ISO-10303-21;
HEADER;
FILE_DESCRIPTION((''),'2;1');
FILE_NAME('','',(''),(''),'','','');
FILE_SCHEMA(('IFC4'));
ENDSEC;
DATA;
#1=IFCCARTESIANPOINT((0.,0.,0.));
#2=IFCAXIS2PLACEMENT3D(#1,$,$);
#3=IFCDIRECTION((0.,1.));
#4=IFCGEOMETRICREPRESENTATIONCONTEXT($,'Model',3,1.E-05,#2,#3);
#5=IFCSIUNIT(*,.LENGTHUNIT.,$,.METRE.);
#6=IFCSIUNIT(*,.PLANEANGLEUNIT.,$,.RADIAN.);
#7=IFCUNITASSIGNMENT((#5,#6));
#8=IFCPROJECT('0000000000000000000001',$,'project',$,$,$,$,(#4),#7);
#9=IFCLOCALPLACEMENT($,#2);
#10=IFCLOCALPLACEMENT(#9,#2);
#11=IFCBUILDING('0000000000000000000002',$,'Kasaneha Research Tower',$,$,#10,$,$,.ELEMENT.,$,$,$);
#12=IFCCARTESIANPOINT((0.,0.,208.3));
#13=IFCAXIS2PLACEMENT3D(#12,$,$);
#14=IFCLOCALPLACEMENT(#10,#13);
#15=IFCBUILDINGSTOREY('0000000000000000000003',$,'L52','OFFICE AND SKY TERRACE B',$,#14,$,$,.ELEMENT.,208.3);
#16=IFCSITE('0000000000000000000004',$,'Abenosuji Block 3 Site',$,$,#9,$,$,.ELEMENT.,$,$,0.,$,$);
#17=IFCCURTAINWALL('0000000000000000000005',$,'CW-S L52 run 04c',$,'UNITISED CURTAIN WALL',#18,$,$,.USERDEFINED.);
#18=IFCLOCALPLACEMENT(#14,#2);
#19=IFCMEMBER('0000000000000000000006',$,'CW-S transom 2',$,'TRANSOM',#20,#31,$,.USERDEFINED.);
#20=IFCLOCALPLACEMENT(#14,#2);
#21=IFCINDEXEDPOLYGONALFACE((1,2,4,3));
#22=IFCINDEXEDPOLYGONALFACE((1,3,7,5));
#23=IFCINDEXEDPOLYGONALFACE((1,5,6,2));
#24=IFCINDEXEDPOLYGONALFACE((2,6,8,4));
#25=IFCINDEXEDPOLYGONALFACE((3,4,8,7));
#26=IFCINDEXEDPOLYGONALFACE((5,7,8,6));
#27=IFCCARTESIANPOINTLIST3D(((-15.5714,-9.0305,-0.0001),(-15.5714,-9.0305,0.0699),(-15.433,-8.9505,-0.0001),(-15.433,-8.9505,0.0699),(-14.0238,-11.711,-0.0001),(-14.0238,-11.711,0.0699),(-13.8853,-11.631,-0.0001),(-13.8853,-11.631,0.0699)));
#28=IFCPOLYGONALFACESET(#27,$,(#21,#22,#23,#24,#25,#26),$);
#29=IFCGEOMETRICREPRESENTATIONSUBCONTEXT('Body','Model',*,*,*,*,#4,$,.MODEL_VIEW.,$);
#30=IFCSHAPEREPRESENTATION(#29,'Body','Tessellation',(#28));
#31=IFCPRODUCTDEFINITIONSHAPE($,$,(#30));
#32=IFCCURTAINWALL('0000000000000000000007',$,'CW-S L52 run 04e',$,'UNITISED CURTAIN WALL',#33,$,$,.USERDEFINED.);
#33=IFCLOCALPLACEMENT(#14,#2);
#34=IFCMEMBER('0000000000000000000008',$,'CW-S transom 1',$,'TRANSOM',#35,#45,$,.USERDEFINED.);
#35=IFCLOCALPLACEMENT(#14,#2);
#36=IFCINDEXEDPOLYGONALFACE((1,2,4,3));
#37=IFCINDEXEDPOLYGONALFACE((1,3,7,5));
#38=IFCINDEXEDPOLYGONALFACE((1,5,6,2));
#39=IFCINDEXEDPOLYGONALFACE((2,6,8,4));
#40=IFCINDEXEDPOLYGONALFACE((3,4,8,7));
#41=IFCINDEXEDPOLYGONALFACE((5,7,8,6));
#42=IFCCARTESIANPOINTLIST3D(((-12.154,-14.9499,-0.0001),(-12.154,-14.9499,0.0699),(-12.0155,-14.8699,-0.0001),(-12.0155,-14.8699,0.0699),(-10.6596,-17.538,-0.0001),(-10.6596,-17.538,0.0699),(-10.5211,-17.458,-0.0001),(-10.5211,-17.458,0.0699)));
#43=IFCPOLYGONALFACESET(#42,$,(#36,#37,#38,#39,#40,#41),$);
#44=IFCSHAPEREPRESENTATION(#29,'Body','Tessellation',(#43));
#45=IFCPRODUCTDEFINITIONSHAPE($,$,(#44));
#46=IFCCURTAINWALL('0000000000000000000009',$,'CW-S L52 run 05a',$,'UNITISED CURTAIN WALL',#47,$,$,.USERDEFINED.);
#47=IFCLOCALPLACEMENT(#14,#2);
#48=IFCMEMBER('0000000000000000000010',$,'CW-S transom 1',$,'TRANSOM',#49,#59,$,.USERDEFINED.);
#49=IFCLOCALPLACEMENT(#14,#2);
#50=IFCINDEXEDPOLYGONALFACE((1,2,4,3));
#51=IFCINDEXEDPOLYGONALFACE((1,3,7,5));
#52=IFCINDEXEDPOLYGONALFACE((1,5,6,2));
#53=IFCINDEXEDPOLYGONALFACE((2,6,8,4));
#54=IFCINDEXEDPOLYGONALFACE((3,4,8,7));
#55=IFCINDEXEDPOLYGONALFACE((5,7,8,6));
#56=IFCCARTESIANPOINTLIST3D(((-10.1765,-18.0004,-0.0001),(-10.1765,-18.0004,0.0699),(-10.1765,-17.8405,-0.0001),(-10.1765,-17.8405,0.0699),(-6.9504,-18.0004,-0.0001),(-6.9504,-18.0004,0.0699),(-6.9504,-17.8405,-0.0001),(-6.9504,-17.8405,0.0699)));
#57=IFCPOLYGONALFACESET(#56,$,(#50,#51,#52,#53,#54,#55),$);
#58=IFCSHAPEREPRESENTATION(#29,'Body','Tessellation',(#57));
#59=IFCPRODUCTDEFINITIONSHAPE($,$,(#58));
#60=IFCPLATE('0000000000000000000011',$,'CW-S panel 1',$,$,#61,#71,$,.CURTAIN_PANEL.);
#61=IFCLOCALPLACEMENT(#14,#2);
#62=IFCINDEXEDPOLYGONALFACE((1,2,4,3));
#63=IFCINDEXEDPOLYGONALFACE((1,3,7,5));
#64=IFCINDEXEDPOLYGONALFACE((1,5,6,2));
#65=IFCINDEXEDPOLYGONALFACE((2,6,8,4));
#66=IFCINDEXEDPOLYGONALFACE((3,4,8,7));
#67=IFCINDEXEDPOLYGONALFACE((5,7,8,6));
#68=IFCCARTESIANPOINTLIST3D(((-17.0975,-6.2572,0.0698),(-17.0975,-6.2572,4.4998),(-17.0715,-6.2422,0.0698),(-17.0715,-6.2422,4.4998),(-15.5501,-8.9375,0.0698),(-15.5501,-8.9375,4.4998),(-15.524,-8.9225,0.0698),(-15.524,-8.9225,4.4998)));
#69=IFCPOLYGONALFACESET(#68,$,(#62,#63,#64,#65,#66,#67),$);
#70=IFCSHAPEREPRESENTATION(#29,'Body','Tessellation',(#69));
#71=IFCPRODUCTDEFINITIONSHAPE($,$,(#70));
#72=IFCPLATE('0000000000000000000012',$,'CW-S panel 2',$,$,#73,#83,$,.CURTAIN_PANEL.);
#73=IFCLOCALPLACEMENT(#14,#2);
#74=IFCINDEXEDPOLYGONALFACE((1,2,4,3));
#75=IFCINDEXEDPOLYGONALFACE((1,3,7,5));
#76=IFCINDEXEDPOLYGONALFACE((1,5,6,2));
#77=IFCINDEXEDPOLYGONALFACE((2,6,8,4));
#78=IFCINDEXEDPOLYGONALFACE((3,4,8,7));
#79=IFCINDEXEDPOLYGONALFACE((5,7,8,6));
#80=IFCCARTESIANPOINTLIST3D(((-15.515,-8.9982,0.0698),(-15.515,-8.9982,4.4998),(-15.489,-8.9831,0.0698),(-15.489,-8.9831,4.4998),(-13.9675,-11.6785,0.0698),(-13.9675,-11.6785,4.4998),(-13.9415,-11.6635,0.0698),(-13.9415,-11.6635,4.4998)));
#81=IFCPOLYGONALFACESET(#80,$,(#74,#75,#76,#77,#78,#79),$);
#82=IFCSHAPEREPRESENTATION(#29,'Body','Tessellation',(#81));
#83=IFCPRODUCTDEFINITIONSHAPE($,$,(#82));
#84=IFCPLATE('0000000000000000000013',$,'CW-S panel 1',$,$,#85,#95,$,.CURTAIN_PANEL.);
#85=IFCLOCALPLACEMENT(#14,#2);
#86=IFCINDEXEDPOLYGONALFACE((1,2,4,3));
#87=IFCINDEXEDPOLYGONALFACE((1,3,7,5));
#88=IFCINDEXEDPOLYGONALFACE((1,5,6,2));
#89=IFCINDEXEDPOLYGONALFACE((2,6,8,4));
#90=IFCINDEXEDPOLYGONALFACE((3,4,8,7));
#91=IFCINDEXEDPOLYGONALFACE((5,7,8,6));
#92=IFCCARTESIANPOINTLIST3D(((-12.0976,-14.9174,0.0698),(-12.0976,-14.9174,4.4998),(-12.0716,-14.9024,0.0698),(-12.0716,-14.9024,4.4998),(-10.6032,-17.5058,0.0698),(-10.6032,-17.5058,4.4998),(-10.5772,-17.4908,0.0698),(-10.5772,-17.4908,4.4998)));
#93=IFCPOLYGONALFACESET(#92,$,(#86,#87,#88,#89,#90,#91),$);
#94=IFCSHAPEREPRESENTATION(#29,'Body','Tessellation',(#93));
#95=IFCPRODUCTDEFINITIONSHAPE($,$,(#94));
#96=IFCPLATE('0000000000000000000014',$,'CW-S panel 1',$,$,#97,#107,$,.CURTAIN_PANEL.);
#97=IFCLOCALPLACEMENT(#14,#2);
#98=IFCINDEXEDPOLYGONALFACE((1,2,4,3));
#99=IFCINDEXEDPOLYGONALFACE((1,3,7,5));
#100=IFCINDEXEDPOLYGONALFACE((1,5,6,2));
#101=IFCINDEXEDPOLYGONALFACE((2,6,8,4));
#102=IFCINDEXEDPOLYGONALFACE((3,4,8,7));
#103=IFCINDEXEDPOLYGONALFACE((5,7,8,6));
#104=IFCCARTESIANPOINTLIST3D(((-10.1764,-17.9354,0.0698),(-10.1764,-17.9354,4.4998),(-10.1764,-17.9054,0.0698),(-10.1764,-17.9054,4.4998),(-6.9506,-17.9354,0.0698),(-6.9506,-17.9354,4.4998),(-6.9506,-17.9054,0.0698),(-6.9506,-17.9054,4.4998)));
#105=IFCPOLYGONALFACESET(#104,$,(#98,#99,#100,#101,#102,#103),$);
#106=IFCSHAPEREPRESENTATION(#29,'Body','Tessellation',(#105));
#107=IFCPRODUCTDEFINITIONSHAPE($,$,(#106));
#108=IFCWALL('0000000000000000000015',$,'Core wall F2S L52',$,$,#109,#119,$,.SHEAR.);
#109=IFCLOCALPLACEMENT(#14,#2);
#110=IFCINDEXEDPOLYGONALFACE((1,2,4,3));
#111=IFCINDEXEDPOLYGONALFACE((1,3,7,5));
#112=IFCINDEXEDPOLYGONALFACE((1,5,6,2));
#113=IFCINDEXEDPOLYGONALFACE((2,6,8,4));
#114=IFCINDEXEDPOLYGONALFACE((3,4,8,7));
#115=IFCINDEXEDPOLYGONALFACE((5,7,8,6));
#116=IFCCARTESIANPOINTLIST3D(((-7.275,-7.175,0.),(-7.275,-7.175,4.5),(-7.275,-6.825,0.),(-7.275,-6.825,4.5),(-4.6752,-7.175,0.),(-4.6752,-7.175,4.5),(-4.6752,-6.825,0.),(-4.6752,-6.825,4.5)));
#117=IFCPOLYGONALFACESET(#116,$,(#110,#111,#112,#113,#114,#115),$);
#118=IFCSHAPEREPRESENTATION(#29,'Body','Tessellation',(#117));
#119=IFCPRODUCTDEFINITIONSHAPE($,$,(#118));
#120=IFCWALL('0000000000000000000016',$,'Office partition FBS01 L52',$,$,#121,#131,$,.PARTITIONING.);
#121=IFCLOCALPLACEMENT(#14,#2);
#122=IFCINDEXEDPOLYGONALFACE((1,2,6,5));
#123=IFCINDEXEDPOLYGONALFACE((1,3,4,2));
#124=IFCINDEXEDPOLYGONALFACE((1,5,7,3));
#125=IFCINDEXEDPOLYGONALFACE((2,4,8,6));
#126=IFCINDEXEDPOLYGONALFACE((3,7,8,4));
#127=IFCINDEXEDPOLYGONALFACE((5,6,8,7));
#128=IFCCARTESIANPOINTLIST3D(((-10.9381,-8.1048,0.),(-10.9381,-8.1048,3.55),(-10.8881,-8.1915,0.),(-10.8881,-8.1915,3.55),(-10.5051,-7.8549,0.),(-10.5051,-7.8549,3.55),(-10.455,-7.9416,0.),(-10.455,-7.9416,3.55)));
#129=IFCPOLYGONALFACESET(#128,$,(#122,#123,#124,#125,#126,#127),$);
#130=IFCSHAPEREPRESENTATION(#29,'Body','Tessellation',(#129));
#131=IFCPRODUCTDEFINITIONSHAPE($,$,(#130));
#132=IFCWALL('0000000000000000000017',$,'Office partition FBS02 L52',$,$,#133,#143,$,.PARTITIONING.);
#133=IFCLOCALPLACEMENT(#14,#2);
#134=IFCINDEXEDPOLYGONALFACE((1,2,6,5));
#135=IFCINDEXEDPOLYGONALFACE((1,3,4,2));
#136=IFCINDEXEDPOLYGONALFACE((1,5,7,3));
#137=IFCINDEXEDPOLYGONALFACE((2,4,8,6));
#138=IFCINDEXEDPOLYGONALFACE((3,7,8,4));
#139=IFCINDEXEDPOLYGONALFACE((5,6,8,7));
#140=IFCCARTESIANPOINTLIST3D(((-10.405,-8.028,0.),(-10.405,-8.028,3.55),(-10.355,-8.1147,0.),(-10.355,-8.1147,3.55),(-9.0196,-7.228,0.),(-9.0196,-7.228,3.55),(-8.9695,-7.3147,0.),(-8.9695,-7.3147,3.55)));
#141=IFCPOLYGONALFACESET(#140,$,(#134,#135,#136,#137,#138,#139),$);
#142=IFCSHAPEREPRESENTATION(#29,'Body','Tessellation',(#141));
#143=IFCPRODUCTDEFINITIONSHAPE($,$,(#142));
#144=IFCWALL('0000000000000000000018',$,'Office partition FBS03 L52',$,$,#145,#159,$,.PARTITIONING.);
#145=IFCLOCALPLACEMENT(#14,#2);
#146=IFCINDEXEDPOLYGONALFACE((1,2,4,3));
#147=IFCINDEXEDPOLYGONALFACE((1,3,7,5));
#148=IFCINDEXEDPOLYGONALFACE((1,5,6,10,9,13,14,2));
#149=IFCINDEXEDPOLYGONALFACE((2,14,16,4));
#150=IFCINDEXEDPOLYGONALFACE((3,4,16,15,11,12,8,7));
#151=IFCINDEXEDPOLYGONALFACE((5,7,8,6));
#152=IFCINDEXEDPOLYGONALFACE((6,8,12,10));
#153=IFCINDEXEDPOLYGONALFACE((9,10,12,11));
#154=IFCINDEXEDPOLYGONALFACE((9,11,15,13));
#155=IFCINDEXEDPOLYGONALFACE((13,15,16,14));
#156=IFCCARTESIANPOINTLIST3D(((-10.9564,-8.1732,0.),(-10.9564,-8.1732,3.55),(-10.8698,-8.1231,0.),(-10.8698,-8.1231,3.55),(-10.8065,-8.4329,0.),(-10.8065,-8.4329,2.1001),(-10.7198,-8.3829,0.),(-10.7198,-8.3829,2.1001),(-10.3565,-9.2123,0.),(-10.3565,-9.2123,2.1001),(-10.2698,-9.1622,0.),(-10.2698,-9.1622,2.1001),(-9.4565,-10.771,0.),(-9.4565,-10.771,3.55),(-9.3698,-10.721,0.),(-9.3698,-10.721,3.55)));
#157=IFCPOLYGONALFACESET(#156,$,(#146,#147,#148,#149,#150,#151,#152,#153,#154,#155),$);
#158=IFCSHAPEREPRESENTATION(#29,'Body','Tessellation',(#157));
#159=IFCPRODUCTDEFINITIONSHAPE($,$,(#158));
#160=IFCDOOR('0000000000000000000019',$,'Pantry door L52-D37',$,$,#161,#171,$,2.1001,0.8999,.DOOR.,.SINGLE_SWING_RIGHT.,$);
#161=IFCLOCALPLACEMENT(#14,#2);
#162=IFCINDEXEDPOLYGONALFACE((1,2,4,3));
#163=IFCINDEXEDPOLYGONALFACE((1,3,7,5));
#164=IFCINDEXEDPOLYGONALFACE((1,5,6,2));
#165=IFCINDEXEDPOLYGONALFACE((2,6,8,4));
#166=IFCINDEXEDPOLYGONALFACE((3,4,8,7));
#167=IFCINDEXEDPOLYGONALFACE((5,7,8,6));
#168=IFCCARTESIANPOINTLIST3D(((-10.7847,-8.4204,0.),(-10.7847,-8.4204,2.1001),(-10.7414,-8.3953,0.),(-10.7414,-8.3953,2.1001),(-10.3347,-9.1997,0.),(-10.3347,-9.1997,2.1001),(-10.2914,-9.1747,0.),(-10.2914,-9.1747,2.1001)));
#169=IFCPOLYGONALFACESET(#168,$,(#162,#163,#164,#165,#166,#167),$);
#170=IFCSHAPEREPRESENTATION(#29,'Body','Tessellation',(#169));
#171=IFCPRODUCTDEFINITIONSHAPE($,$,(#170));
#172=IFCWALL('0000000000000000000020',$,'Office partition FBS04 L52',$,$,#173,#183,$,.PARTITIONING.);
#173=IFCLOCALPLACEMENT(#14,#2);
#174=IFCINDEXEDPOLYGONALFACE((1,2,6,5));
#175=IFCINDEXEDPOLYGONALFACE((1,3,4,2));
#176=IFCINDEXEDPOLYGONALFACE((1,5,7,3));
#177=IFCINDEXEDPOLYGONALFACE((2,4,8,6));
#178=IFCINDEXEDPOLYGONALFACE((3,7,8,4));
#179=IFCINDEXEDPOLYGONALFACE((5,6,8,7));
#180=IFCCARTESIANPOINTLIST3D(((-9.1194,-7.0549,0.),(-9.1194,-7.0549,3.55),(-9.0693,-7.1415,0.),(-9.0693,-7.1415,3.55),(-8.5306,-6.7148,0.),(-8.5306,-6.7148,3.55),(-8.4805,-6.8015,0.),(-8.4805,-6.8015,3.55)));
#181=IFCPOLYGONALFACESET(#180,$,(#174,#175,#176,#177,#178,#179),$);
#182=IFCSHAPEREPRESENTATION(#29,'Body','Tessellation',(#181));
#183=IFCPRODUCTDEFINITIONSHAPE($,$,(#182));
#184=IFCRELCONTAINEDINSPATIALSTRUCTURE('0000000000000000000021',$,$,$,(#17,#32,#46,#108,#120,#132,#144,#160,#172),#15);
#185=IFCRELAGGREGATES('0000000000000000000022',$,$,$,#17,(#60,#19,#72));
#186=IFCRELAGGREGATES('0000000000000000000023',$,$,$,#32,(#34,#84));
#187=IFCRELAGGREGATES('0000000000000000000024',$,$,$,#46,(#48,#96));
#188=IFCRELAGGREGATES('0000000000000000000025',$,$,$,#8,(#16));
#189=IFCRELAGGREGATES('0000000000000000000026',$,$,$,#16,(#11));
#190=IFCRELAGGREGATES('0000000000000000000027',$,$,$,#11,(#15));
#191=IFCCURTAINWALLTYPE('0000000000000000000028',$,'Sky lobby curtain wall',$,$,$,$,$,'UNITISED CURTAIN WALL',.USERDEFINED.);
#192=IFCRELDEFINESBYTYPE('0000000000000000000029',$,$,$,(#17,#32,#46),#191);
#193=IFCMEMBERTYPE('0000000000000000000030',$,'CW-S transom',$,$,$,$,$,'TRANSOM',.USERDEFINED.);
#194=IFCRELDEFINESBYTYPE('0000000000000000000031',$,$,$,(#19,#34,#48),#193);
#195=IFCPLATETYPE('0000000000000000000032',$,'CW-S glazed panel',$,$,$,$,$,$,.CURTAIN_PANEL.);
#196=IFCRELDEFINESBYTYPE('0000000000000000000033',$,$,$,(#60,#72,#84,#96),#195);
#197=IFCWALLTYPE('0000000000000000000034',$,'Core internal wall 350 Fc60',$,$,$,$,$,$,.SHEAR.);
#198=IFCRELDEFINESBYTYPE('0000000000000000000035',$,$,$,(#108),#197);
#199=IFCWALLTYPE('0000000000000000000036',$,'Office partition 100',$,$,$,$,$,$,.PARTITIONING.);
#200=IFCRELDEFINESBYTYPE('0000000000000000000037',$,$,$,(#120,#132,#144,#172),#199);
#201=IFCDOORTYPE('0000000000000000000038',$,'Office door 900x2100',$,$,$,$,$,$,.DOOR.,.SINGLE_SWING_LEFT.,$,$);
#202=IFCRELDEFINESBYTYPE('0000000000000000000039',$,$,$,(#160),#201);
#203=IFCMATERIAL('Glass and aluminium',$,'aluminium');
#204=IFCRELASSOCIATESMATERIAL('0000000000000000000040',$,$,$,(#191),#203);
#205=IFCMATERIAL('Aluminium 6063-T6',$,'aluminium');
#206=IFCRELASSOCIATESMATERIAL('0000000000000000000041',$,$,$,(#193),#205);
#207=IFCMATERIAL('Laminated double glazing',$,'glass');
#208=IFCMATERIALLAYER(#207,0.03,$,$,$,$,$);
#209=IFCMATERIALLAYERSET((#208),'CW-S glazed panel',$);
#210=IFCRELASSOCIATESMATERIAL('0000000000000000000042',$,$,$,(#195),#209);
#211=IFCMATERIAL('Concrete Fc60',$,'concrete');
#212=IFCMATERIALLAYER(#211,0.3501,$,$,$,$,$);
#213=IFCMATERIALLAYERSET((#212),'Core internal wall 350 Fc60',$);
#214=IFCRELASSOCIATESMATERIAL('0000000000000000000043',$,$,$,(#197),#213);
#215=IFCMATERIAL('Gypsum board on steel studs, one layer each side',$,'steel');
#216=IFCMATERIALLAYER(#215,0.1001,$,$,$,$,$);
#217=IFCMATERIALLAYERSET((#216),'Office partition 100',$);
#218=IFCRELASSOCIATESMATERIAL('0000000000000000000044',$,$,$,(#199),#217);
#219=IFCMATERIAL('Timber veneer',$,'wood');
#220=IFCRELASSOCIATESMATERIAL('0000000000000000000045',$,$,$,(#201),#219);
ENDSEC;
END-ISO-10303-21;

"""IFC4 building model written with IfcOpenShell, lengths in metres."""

from ifc_helpers import new_model, si_unit, direction, frame, frame_2d, origin, origin_2d, place, context, subcontext, project, spatial, rectangle, extrude, material, layer, layer_set, material_profile, profile_set, type_object, element, fill, aggregate, save


model = new_model("IFC4")

# Units and contexts
model_context = context("Model", 3, precision=1e-05, world=origin(), true_north=direction((0.0, 1.0)))
body_context = subcontext(model_context, "Body", "Model", "MODEL_VIEW")
ifc_project = project(units=[si_unit("LENGTHUNIT", "METRE"), si_unit("PLANEANGLEUNIT", "RADIAN")], contexts=[model_context])

# Site, building, storey
site_placement = place(None, origin())
site = spatial("IfcSite", under=ifc_project, at=site_placement, Name="Abenosuji Block 3 Site", CompositionType="ELEMENT", RefElevation=0.0)
building_placement = place(site_placement, origin())
building = spatial("IfcBuilding", under=site, at=building_placement, Name="Kasaneha Research Tower", CompositionType="ELEMENT")
storey_placement = place(building_placement, frame((0.0, 0.0, 208.3)))
storey = spatial("IfcBuildingStorey", under=building, at=storey_placement, Name="L52", Description="OFFICE AND SKY TERRACE B", CompositionType="ELEMENT", Elevation=208.3)

# Curtain walls, members
ifc_material_1 = material(Name="Glass and aluminium", Category="aluminium")
curtain_wall_type = type_object("IfcCurtainWallType", Name="Sky lobby curtain wall", ElementType="UNITISED CURTAIN WALL", PredefinedType="USERDEFINED", material=ifc_material_1)
curtain_wall_1_placement = place(storey_placement, origin())
curtain_wall_1 = element("IfcCurtainWall", 1, at=curtain_wall_1_placement, inside=storey, type_object=curtain_wall_type, Name="CW-S L52 run 04c", ObjectType="UNITISED CURTAIN WALL", PredefinedType="USERDEFINED")
ifc_material_2 = material(Name="Aluminium 6063-T6", Category="aluminium")
ifc_material_profile = material_profile(ifc_material_2, rectangle(XDim=0.1599, YDim=0.0701, at=origin_2d()), Name="CW-S transom 160x70")
ifc_profile_set = profile_set([ifc_material_profile], Name="Aluminium 6063-T6")
member_type = type_object("IfcMemberType", Name="CW-S transom", ElementType="TRANSOM", PredefinedType="USERDEFINED", material=ifc_profile_set)
member_1_placement = place(storey_placement, frame((-15.5022, -8.9905, 0.0349), z_axis=(0.500016, -0.866016, 0.0), x_axis=(0.866016, 0.500016, 0.0)))
member_1 = element("IfcMember", 2, at=member_1_placement, type_object=member_type, Name="CW-S transom 2", ObjectType="TRANSOM", PredefinedType="USERDEFINED", context=body_context, shape_type="SweptSolid", body=[
    extrude(rectangle(XDim=0.1599, YDim=0.0701, at=origin_2d()), origin(), (0.0, 0.0, 1.0), 3.0952),
])
curtain_wall_2_placement = place(storey_placement, origin())
curtain_wall_2 = element("IfcCurtainWall", 3, at=curtain_wall_2_placement, inside=storey, type_object=curtain_wall_type, Name="CW-S L52 run 04e", ObjectType="UNITISED CURTAIN WALL", PredefinedType="USERDEFINED")
member_2_placement = place(storey_placement, frame((-12.0847, -14.9099, 0.0349), z_axis=(0.500031, -0.866007, 0.0), x_axis=(0.866007, 0.500031, 0.0)))
member_2 = element("IfcMember", 4, at=member_2_placement, type_object=member_type, Name="CW-S transom 1", ObjectType="TRANSOM", PredefinedType="USERDEFINED", context=body_context, shape_type="SweptSolid", body=[
    extrude(rectangle(XDim=0.1599, YDim=0.0701, at=origin_2d()), origin(), (0.0, 0.0, 1.0), 2.9885),
])
curtain_wall_3_placement = place(storey_placement, origin())
curtain_wall_3 = element("IfcCurtainWall", 5, at=curtain_wall_3_placement, inside=storey, type_object=curtain_wall_type, Name="CW-S L52 run 05a", ObjectType="UNITISED CURTAIN WALL", PredefinedType="USERDEFINED")
member_3_placement = place(storey_placement, frame((-10.1765, -17.9204, 0.0349), z_axis=(1.0, 0.0, 0.0), x_axis=(0.0, 1.0, 0.0)))
member_3 = element("IfcMember", 6, at=member_3_placement, type_object=member_type, Name="CW-S transom 1", ObjectType="TRANSOM", PredefinedType="USERDEFINED", context=body_context, shape_type="SweptSolid", body=[
    extrude(rectangle(XDim=0.1599, YDim=0.0701, at=origin_2d()), origin(), (0.0, 0.0, 1.0), 3.2261),
])

# Plates
ifc_material_3 = material(Name="Laminated double glazing", Category="glass")
ifc_layer_1 = layer(ifc_material_3, 0.03)
ifc_layer_set_1 = layer_set([ifc_layer_1], Name="CW-S glazed panel")
plate_type = type_object("IfcPlateType", Name="CW-S glazed panel", PredefinedType="CURTAIN_PANEL", material=ifc_layer_set_1)
plate_1_placement = place(storey_placement, frame((-16.3108, -7.5898, 0.0698), z_axis=(0.0, 0.0, 1.0), x_axis=(0.5, -0.866025, 0.0)))
plate_1 = element("IfcPlate", 7, at=plate_1_placement, type_object=plate_type, Name="CW-S panel 1", PredefinedType="CURTAIN_PANEL", context=body_context, shape_type="SweptSolid", body=[
    extrude(rectangle(XDim=3.095, YDim=0.03, at=origin_2d()), origin(), (0.0, 0.0, 1.0), 4.4299),
])
plate_2_placement = place(storey_placement, frame((-14.7283, -10.3308, 0.0698), z_axis=(0.0, 0.0, 1.0), x_axis=(0.5, -0.866025, 0.0)))
plate_2 = element("IfcPlate", 8, at=plate_2_placement, type_object=plate_type, Name="CW-S panel 2", PredefinedType="CURTAIN_PANEL", context=body_context, shape_type="SweptSolid", body=[
    extrude(rectangle(XDim=3.095, YDim=0.03, at=origin_2d()), origin(), (0.0, 0.0, 1.0), 4.4299),
])
aggregate(curtain_wall_1, [plate_1, member_1, plate_2])
plate_3_placement = place(storey_placement, frame((-11.3374, -16.2041, 0.0698), z_axis=(0.0, 0.0, 1.0), x_axis=(0.5, -0.866025, 0.0)))
plate_3 = element("IfcPlate", 9, at=plate_3_placement, type_object=plate_type, Name="CW-S panel 1", PredefinedType="CURTAIN_PANEL", context=body_context, shape_type="SweptSolid", body=[
    extrude(rectangle(XDim=2.9888, YDim=0.03, at=origin_2d()), origin(), (0.0, 0.0, 1.0), 4.4299),
])
aggregate(curtain_wall_2, [member_2, plate_3])
plate_4_placement = place(storey_placement, frame((-8.5635, -17.9204, 0.0698), z_axis=(0.0, 0.0, 1.0), x_axis=(1.0, 0.0, 0.0)))
plate_4 = element("IfcPlate", 10, at=plate_4_placement, type_object=plate_type, Name="CW-S panel 1", PredefinedType="CURTAIN_PANEL", context=body_context, shape_type="SweptSolid", body=[
    extrude(rectangle(XDim=3.2258, YDim=0.03, at=origin_2d()), origin(), (0.0, 0.0, 1.0), 4.4299),
])
aggregate(curtain_wall_3, [member_3, plate_4])

# Walls
ifc_material_4 = material(Name="Concrete Fc60", Category="concrete")
ifc_layer_2 = layer(ifc_material_4, 0.3501)
ifc_layer_set_2 = layer_set([ifc_layer_2], Name="Core internal wall 350 Fc60")
wall_type_1 = type_object("IfcWallType", Name="Core internal wall 350 Fc60", PredefinedType="SHEAR", material=ifc_layer_set_2)
wall_1_placement = place(storey_placement, frame((-7.2749, -7.0, 0.0), z_axis=(0.0, 0.0, 1.0), x_axis=(1.0, 0.0, 0.0)))
element("IfcWall", 11, at=wall_1_placement, inside=storey, type_object=wall_type_1, Name="Core wall F2S L52", PredefinedType="SHEAR", context=body_context, shape_type="SweptSolid", body=[
    extrude(rectangle(XDim=2.5999, YDim=0.3501, at=frame_2d((1.2998, 0.0))), origin(), (0.0, 0.0, 1.0), 4.5),
])
ifc_material_5 = material(Name="Gypsum board on steel studs, one layer each side", Category="steel")
ifc_layer_3 = layer(ifc_material_5, 0.1001)
ifc_layer_set_3 = layer_set([ifc_layer_3], Name="Office partition 100")
wall_type_2 = type_object("IfcWallType", Name="Office partition 100", PredefinedType="PARTITIONING", material=ifc_layer_set_3)
wall_2_placement = place(storey_placement, frame((-10.9131, -8.1482, 0.0), z_axis=(0.0, 0.0, 1.0), x_axis=(0.866072, 0.49992, 0.0)))
element("IfcWall", 12, at=wall_2_placement, inside=storey, type_object=wall_type_2, Name="Office partition FBS01 L52", PredefinedType="PARTITIONING", context=body_context, shape_type="SweptSolid", body=[
    extrude(rectangle(XDim=0.5, YDim=0.1001, at=frame_2d((0.25, 0.0))), origin(), (0.0, 0.0, 1.0), 3.55),
])
wall_3_placement = place(storey_placement, frame((-10.3799, -8.0713, 0.0), z_axis=(0.0, 0.0, 1.0), x_axis=(0.86599, 0.500061, 0.0)))
element("IfcWall", 13, at=wall_3_placement, inside=storey, type_object=wall_type_2, Name="Office partition FBS02 L52", PredefinedType="PARTITIONING", context=body_context, shape_type="SweptSolid", body=[
    extrude(rectangle(XDim=1.5999, YDim=0.1001, at=frame_2d((0.7998, 0.0))), origin(), (0.0, 0.0, 1.0), 3.55),
])

# Wall, opening, door
wall_4_placement = place(storey_placement, frame((-9.4131, -10.7461, 0.0), z_axis=(0.0, 0.0, 1.0), x_axis=(-0.500025, 0.866011, 0.0)))
wall_4 = element("IfcWall", 14, at=wall_4_placement, inside=storey, type_object=wall_type_2, Name="Office partition FBS03 L52", PredefinedType="PARTITIONING", context=body_context, shape_type="SweptSolid", body=[
    extrude(rectangle(XDim=2.9998, YDim=0.1001, at=frame_2d((1.5, 0.0))), origin(), (0.0, 0.0, 1.0), 3.55),
])
opening_placement = place(wall_4_placement, frame((1.8, 0.0, 0.0)))
opening = element("IfcOpeningElement", 15, at=opening_placement, cuts=wall_4, PredefinedType="OPENING", context=body_context, shape_type="SweptSolid", body=[
    extrude(rectangle(XDim=0.8999, YDim=2.1001, at=frame_2d((0.45, 1.05))), frame((0.0, 0.0601, 0.0), z_axis=(0.0, -1.0, 0.0), x_axis=(1.0, 0.0, 0.0)), (0.0, 0.0, 1.0), 0.1201),
])
ifc_material_6 = material(Name="Timber veneer", Category="wood")
door_type = type_object("IfcDoorType", Name="Office door 900x2100", OperationType="SINGLE_SWING_LEFT", PredefinedType="DOOR", material=ifc_material_6)
door_placement = place(opening_placement, origin())
door = element("IfcDoor", 16, at=door_placement, inside=storey, type_object=door_type, Name="Pantry door L52-D37", OperationType="SINGLE_SWING_RIGHT", OverallHeight=2.1001, OverallWidth=0.8999, PredefinedType="DOOR", context=body_context, shape_type="SweptSolid", body=[
    extrude(rectangle(XDim=0.8999, YDim=2.1001, at=frame_2d((0.45, 1.05))), frame((0.0, 0.0249, 0.0), z_axis=(0.0, -1.0, 0.0), x_axis=(1.0, 0.0, 0.0)), (0.0, 0.0, 1.0), 0.05),
])
fill(opening, door)

# Wall
wall_5_placement = place(storey_placement, frame((-9.0942, -7.0981, 0.0), z_axis=(0.0, 0.0, 1.0), x_axis=(0.865958, 0.500116, 0.0)))
element("IfcWall", 17, at=wall_5_placement, inside=storey, type_object=wall_type_2, Name="Office partition FBS04 L52", PredefinedType="PARTITIONING", context=body_context, shape_type="SweptSolid", body=[
    extrude(rectangle(XDim=0.6799, YDim=0.1001, at=frame_2d((0.3398, 0.0))), origin(), (0.0, 0.0, 1.0), 3.55),
])

save(model, "model.ifc")
